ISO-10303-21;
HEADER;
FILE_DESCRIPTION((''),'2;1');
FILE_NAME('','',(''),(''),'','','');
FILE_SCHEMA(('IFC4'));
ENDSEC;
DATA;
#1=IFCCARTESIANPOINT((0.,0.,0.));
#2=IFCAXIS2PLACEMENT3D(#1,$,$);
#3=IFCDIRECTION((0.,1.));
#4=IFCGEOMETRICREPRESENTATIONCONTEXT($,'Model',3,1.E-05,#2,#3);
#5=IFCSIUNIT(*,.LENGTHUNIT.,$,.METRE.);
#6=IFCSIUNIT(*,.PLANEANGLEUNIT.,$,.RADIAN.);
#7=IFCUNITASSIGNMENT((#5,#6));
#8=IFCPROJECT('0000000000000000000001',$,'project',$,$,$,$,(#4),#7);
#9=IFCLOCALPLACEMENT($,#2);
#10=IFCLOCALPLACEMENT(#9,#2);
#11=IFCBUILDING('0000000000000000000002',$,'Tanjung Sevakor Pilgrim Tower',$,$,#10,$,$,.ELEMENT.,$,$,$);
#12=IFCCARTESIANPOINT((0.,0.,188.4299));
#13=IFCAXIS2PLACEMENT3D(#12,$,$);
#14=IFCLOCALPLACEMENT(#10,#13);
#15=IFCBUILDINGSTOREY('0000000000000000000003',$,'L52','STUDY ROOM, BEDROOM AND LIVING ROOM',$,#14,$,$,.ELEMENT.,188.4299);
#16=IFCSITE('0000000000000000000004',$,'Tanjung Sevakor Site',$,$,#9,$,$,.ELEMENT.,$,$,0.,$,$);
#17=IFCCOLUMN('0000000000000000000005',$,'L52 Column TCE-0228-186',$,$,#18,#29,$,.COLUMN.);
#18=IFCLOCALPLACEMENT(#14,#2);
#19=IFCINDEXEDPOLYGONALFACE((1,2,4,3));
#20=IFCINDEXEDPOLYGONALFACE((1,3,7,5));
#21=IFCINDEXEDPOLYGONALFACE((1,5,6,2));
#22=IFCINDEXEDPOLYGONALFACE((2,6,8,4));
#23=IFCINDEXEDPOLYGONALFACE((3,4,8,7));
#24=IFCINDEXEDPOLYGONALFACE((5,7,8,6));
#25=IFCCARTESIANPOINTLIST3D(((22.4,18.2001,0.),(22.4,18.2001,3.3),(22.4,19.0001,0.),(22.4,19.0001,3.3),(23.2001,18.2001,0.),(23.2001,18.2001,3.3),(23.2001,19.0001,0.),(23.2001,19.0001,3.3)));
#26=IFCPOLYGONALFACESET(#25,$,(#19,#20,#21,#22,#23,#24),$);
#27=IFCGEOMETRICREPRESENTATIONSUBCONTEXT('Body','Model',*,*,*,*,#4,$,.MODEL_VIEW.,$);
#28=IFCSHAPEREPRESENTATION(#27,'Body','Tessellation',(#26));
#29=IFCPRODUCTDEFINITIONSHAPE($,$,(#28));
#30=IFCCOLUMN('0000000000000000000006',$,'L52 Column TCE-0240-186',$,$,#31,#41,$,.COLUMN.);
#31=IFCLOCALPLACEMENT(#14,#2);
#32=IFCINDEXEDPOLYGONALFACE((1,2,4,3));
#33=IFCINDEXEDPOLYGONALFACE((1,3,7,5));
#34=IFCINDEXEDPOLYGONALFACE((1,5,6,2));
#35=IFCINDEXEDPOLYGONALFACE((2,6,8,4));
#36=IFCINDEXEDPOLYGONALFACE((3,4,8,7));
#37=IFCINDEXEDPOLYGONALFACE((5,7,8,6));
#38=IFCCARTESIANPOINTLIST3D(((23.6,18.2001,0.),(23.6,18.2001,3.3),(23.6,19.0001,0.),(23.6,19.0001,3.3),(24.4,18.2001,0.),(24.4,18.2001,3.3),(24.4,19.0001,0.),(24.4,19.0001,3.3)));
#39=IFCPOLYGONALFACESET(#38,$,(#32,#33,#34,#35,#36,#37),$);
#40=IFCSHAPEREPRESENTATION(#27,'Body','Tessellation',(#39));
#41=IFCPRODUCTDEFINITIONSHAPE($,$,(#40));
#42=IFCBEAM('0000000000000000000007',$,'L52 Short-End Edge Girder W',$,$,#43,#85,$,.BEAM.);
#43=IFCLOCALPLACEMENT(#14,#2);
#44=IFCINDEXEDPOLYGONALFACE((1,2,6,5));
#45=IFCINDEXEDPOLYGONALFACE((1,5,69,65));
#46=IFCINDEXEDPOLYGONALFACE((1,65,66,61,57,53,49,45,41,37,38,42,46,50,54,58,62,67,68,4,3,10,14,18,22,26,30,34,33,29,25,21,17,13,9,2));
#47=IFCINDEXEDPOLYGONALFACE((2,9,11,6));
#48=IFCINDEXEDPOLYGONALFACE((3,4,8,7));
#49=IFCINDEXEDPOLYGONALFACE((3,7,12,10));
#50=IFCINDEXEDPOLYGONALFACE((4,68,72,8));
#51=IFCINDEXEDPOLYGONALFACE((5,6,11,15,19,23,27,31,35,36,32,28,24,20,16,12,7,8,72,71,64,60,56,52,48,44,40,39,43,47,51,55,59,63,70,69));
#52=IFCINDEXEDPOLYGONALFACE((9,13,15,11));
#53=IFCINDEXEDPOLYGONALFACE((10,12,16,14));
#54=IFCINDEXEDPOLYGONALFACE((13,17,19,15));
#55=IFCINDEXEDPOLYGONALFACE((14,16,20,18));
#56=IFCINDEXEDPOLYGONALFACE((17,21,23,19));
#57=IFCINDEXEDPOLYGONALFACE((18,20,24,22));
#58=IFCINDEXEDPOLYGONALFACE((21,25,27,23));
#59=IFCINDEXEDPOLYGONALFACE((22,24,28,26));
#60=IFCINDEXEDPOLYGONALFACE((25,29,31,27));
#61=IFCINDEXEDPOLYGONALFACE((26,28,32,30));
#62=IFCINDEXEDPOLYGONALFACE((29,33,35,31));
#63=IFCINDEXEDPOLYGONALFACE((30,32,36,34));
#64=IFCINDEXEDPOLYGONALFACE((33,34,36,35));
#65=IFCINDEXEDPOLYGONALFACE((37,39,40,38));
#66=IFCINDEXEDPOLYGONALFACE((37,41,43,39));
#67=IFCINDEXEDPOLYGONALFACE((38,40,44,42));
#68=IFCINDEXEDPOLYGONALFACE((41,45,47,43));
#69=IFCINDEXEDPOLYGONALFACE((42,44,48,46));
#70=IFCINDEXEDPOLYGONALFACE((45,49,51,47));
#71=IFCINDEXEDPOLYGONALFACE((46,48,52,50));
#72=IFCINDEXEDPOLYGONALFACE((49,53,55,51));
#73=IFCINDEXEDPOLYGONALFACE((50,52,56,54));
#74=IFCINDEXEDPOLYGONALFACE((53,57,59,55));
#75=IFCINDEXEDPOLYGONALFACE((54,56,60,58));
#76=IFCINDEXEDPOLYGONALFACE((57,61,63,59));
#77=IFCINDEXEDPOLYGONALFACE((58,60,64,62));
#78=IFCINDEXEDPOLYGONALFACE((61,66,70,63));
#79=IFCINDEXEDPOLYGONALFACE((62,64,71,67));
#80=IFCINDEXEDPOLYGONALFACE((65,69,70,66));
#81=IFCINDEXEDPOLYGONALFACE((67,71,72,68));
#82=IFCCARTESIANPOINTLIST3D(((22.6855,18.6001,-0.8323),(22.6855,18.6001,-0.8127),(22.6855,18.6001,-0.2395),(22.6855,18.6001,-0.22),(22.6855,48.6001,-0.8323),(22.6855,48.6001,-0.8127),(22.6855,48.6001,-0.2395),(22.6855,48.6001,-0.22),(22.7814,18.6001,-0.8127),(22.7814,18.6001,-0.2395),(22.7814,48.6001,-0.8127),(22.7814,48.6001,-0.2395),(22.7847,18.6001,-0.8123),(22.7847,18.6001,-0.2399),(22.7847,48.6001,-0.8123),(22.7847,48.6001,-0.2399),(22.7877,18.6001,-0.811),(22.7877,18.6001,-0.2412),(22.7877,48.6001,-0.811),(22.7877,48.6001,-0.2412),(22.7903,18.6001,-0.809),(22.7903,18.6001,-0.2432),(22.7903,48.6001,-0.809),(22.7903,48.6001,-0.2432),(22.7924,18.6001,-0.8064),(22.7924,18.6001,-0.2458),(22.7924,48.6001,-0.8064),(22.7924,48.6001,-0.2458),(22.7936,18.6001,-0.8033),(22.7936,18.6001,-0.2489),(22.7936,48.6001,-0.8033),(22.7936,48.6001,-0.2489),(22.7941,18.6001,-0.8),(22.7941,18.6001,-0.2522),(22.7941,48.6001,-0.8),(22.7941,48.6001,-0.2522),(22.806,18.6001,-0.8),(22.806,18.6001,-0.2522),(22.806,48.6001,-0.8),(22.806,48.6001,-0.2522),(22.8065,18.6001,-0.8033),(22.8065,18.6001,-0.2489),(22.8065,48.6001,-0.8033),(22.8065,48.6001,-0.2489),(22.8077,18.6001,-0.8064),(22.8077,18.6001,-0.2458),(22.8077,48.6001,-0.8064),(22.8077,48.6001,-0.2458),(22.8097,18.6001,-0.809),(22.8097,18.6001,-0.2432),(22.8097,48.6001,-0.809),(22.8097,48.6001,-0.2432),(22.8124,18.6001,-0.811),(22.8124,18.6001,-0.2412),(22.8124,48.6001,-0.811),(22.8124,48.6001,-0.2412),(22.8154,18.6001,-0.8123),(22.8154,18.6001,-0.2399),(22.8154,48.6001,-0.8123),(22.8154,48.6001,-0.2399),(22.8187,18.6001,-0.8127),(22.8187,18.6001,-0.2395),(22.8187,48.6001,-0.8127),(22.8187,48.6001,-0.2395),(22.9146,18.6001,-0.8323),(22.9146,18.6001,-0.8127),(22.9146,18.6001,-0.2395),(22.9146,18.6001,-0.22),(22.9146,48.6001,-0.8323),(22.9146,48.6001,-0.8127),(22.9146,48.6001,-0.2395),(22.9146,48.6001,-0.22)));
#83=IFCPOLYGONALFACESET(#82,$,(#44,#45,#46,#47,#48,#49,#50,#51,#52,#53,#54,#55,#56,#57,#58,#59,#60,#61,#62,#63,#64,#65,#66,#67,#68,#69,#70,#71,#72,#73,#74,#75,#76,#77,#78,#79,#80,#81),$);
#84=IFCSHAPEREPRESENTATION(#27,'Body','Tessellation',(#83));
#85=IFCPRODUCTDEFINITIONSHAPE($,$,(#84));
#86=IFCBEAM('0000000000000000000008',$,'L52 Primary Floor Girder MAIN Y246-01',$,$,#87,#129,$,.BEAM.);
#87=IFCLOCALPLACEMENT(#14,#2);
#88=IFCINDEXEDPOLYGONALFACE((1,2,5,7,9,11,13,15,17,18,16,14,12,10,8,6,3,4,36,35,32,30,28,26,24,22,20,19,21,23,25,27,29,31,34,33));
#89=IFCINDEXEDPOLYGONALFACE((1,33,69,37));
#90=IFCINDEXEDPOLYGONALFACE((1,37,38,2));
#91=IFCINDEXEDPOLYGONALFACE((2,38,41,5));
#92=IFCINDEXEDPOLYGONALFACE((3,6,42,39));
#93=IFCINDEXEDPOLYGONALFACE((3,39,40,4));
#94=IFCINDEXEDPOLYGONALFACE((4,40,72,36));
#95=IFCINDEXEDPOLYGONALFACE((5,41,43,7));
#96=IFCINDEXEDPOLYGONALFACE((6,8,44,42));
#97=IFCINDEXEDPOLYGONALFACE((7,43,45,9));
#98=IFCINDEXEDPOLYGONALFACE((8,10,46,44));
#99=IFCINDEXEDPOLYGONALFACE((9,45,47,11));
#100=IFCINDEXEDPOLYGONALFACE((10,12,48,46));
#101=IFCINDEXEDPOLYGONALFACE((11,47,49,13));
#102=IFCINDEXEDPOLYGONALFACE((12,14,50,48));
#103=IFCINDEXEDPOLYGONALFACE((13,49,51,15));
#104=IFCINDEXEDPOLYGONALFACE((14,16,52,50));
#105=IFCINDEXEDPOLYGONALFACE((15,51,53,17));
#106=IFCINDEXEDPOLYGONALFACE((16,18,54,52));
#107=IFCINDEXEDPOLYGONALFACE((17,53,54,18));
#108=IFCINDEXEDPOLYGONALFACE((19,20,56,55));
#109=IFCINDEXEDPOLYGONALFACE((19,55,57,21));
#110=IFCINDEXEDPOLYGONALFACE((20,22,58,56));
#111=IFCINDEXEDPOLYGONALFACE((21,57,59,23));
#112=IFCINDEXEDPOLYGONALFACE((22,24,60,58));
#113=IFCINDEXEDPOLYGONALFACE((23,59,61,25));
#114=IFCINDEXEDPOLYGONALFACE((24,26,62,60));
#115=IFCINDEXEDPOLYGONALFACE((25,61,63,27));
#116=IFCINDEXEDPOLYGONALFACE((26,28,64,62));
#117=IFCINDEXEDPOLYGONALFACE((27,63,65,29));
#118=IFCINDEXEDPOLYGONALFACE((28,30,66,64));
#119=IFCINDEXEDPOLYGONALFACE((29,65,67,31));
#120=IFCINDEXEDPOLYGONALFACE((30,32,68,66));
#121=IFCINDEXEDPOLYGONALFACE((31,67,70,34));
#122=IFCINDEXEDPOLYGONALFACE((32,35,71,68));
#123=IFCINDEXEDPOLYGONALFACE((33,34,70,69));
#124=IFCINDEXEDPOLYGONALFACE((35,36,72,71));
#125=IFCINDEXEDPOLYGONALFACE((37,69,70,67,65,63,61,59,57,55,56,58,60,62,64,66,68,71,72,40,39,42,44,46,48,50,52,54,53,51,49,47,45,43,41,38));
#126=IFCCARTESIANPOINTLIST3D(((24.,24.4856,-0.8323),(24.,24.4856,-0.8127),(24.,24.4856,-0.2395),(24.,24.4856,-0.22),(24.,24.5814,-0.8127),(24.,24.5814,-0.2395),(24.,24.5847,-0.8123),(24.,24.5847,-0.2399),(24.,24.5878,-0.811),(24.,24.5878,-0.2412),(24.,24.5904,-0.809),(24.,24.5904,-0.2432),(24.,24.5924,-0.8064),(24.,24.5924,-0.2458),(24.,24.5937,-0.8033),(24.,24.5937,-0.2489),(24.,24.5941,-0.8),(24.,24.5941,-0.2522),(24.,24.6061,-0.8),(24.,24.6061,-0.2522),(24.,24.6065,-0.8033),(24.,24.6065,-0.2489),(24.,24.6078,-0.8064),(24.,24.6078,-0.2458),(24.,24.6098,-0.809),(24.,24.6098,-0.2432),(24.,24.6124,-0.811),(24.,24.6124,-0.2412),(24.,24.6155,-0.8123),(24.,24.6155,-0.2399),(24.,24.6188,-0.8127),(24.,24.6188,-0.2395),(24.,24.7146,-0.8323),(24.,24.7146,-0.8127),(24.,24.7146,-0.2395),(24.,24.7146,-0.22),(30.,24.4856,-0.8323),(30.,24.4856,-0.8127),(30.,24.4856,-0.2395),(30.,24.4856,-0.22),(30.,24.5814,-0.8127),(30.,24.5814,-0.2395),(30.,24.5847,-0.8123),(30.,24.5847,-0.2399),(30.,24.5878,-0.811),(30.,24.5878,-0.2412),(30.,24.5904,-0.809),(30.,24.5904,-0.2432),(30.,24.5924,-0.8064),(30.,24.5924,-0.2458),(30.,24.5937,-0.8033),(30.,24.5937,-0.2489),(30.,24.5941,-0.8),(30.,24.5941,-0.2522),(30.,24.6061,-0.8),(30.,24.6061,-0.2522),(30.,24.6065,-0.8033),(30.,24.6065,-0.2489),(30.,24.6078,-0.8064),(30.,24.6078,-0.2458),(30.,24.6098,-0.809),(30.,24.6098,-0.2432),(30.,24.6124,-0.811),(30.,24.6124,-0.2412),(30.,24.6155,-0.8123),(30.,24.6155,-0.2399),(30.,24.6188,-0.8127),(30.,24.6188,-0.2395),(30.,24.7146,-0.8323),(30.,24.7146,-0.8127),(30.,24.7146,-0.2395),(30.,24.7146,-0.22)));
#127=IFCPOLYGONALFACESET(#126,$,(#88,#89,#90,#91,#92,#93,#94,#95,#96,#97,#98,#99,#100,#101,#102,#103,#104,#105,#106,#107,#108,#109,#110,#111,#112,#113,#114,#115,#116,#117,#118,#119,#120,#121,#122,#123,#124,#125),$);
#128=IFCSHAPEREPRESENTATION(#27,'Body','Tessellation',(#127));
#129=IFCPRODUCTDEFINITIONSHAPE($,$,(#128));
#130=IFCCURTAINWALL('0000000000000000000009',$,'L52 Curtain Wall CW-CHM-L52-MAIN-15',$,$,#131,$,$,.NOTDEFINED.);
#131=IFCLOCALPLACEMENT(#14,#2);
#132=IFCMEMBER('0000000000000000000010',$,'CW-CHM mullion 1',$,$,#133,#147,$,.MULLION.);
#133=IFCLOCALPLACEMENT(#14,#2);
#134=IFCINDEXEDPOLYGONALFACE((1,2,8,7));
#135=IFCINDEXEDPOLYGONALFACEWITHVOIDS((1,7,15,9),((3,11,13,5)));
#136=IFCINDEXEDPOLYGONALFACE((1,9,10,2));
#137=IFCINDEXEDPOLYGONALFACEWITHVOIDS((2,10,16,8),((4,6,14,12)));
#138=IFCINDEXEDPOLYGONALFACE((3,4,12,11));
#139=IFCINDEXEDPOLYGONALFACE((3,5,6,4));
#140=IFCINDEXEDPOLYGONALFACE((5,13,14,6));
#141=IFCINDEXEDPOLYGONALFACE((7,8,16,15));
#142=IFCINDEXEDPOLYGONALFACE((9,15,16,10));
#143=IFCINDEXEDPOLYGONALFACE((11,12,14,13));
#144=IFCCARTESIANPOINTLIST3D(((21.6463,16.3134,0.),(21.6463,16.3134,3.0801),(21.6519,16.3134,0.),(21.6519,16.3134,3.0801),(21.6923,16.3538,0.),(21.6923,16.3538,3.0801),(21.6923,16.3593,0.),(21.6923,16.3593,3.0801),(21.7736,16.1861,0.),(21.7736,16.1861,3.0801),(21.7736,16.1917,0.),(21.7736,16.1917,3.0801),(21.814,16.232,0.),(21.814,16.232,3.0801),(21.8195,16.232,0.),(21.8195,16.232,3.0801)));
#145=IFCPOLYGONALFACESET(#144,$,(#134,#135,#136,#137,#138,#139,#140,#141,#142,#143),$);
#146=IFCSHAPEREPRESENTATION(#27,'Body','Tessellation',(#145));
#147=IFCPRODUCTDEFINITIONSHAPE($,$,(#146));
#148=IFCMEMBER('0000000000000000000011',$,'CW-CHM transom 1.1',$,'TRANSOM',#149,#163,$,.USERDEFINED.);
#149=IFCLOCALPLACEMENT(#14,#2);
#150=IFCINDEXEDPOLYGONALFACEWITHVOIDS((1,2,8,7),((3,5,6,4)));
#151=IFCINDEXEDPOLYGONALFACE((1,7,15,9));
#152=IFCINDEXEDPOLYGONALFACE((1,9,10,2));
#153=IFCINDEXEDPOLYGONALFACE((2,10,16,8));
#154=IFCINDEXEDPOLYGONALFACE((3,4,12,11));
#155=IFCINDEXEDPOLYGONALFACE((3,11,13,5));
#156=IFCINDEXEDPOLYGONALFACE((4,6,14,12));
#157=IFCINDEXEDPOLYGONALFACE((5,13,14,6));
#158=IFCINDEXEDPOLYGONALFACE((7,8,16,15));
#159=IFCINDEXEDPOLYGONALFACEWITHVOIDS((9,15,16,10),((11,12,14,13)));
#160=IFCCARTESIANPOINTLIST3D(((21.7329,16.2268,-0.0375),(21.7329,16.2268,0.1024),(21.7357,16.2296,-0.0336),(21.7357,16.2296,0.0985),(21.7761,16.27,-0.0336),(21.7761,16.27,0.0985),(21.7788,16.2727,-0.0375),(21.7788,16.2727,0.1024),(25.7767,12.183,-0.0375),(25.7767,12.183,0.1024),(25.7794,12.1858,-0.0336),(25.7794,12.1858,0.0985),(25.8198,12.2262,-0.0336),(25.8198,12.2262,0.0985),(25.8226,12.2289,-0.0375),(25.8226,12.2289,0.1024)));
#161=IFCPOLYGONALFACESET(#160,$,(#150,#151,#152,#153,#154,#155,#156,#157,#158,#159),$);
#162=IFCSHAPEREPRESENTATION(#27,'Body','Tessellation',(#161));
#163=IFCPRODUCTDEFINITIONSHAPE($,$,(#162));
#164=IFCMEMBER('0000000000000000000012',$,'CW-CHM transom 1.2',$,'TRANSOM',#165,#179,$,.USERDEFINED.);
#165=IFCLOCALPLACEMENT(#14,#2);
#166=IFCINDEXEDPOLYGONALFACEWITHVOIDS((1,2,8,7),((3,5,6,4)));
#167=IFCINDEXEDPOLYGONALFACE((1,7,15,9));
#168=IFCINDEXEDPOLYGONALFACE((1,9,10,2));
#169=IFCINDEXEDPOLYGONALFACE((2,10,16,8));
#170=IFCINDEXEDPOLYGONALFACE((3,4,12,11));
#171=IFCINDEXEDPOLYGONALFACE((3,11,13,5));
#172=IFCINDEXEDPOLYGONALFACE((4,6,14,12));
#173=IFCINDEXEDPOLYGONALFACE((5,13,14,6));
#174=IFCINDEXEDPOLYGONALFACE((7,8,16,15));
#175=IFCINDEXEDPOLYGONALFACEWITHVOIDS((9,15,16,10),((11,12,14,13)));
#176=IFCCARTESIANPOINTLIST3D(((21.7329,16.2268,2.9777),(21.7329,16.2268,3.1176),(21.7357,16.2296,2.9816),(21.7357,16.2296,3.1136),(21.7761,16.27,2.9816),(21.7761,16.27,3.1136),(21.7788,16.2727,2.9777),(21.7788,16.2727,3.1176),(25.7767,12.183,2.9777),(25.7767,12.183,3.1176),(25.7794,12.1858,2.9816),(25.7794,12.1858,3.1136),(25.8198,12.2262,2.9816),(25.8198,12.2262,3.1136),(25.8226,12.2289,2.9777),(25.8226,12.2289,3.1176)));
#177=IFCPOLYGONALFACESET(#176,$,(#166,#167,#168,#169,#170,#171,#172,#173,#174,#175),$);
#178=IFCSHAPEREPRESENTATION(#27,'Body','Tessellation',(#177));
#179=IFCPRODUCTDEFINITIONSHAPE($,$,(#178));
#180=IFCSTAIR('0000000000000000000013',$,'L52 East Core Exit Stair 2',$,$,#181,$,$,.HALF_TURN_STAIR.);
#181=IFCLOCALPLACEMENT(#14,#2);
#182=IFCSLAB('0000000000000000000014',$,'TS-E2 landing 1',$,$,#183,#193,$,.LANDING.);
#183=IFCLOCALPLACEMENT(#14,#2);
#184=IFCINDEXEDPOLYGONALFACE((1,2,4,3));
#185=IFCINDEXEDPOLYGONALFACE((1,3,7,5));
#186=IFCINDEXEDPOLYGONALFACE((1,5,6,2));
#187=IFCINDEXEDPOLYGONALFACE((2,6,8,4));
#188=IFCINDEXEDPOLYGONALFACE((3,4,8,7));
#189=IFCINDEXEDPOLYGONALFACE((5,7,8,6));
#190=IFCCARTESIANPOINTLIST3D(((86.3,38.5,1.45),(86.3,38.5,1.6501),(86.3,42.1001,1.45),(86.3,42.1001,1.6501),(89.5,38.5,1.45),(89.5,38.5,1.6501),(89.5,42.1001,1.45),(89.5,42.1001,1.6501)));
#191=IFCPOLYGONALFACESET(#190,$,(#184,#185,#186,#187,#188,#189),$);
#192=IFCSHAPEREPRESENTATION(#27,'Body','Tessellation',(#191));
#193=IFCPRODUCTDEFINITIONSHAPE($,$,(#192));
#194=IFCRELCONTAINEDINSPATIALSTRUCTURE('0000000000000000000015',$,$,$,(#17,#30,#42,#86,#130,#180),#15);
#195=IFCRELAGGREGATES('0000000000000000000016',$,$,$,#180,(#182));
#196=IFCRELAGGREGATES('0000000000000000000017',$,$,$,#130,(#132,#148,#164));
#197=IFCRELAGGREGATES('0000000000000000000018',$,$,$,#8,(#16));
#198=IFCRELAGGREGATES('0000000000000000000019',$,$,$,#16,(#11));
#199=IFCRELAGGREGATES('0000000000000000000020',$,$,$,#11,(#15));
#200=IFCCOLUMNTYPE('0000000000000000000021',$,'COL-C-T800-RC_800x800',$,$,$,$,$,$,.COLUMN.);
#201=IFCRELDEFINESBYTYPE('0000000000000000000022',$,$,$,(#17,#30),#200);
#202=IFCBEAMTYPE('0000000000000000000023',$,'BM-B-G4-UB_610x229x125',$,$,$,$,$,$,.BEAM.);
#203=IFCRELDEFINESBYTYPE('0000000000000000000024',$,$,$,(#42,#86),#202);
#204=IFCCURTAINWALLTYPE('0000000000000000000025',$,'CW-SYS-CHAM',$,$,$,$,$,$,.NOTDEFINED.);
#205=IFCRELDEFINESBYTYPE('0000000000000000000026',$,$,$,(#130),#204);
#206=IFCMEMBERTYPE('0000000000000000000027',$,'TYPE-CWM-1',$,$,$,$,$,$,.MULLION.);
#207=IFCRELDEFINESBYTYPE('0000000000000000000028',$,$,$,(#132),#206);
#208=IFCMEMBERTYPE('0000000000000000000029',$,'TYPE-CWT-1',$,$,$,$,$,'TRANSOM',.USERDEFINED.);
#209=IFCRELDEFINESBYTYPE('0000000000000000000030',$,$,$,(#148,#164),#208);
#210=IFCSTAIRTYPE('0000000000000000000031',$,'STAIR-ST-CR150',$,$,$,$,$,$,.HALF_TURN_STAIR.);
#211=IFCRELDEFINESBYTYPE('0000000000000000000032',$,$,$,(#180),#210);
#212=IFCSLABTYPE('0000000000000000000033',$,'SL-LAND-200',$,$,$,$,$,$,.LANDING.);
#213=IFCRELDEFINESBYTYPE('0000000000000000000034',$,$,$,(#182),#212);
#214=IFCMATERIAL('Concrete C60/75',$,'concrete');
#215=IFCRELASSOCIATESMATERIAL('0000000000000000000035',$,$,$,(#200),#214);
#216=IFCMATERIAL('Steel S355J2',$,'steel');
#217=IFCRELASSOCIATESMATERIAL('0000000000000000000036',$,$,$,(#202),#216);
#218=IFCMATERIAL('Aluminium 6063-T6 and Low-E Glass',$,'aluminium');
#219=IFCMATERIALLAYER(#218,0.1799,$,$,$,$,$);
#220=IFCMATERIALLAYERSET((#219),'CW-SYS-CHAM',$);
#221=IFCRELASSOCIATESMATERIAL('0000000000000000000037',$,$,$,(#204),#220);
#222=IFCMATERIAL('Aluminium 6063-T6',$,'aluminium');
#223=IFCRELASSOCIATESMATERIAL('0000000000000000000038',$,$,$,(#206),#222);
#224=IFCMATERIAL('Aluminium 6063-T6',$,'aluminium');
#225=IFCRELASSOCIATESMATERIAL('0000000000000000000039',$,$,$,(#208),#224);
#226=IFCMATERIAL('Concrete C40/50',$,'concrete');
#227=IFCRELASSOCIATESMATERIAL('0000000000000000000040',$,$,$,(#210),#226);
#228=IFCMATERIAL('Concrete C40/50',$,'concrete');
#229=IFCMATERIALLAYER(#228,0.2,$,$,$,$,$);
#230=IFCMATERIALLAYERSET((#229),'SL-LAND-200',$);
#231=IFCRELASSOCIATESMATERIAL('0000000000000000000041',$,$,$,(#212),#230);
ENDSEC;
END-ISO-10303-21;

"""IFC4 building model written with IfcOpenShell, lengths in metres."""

from ifc_helpers import new_model, si_unit, direction, frame, origin, origin_2d, place, context, subcontext, project, spatial, polyline, rectangle, hollow_rectangle, i_section, outline, extrude, material, layer, layer_set, material_profile, profile_set, type_object, element, aggregate, save


model = new_model("IFC4")

# Units and contexts
model_context = context("Model", 3, precision=1e-05, world=origin(), true_north=direction((0.0, 1.0)))
body_context = subcontext(model_context, "Body", "Model", "MODEL_VIEW")
ifc_project = project(units=[si_unit("LENGTHUNIT", "METRE"), si_unit("PLANEANGLEUNIT", "RADIAN")], contexts=[model_context])

# Site, building, storey
site_placement = place(None, origin())
site = spatial("IfcSite", under=ifc_project, at=site_placement, Name="Tanjung Sevakor Site", CompositionType="ELEMENT", RefElevation=0.0)
building_placement = place(site_placement, origin())
building = spatial("IfcBuilding", under=site, at=building_placement, Name="Tanjung Sevakor Pilgrim Tower", CompositionType="ELEMENT")
storey_placement = place(building_placement, frame((0.0, 0.0, 188.4299)))
storey = spatial("IfcBuildingStorey", under=building, at=storey_placement, Name="L52", Description="STUDY ROOM, BEDROOM AND LIVING ROOM", CompositionType="ELEMENT", Elevation=188.4299)

# Columns
ifc_material_1 = material(Name="Concrete C60/75", Category="concrete")
ifc_material_profile_1 = material_profile(ifc_material_1, rectangle(XDim=0.8, YDim=0.8, at=origin_2d()))
ifc_profile_set_1 = profile_set([ifc_material_profile_1], Name="Concrete C60/75")
column_type = type_object("IfcColumnType", Name="COL-C-T800-RC_800x800", PredefinedType="COLUMN", material=ifc_profile_set_1)
for number, where, z_axis, x_axis, name in (
    (1, (22.8, 18.6001, 0.0), (0.0, 0.0, 1.0), (1.0, 0.0, 0.0), "L52 Column TCE-0228-186"),
    (2, (24.0, 18.6001, 0.0), (0.0, 0.0, 1.0), (1.0, 0.0, 0.0), "L52 Column TCE-0240-186"),
):
    element("IfcColumn", number, at=place(storey_placement, frame(where, z_axis=z_axis, x_axis=x_axis)), inside=storey, type_object=column_type, Name=name, PredefinedType="COLUMN", context=body_context, shape_type="SweptSolid", body=[
        extrude(rectangle(XDim=0.8, YDim=0.8, at=origin_2d()), origin(), (0.0, 0.0, 1.0), 3.3),
    ])

# Beams
ifc_material_2 = material(Name="Steel S355J2", Category="steel")
ifc_material_profile_2 = material_profile(ifc_material_2, i_section(OverallWidth=0.229, OverallDepth=0.6123, WebThickness=0.012, FlangeThickness=0.0195, FilletRadius=0.0127, at=origin_2d()))
ifc_profile_set_2 = profile_set([ifc_material_profile_2], Name="Steel S355J2")
beam_type = type_object("IfcBeamType", Name="BM-B-G4-UB_610x229x125", PredefinedType="BEAM", material=ifc_profile_set_2)
beam_1_placement = place(storey_placement, frame((22.8, 18.6001, -0.5261), z_axis=(0.0, 1.0, 0.0), x_axis=(-1.0, 0.0, 0.0)))
element("IfcBeam", 3, at=beam_1_placement, inside=storey, type_object=beam_type, Name="L52 Short-End Edge Girder W", PredefinedType="BEAM", context=body_context, shape_type="SweptSolid", body=[
    extrude(i_section(OverallWidth=0.229, OverallDepth=0.6123, WebThickness=0.012, FlangeThickness=0.0195, FilletRadius=0.0127, at=origin_2d()), origin(), (0.0, 0.0, 1.0), 30.0),
])
beam_2_placement = place(storey_placement, frame((24.0, 24.6001, -0.5261), z_axis=(1.0, 0.0, 0.0), x_axis=(0.0, 1.0, 0.0)))
element("IfcBeam", 4, at=beam_2_placement, inside=storey, type_object=beam_type, Name="L52 Primary Floor Girder MAIN Y246-01", PredefinedType="BEAM", context=body_context, shape_type="SweptSolid", body=[
    extrude(i_section(OverallWidth=0.229, OverallDepth=0.6123, WebThickness=0.012, FlangeThickness=0.0195, FilletRadius=0.0127, at=origin_2d()), origin(), (0.0, 0.0, 1.0), 6.0),
])

# Curtain wall, members
ifc_material_3 = material(Name="Aluminium 6063-T6 and Low-E Glass", Category="aluminium")
ifc_layer_1 = layer(ifc_material_3, 0.1799)
ifc_layer_set_1 = layer_set([ifc_layer_1], Name="CW-SYS-CHAM")
curtain_wall_type = type_object("IfcCurtainWallType", Name="CW-SYS-CHAM", PredefinedType="NOTDEFINED", material=ifc_layer_set_1)
curtain_wall_placement = place(storey_placement, origin())
curtain_wall = element("IfcCurtainWall", 5, at=curtain_wall_placement, inside=storey, type_object=curtain_wall_type, Name="L52 Curtain Wall CW-CHM-L52-MAIN-15", PredefinedType="NOTDEFINED")
ifc_material_4 = material(Name="Aluminium 6063-T6", Category="aluminium")
ifc_material_profile_3 = material_profile(ifc_material_4, hollow_rectangle(XDim=0.0649, YDim=0.1799, WallThickness=0.0039, at=origin_2d()))
ifc_profile_set_3 = profile_set([ifc_material_profile_3], Name="Aluminium 6063-T6")
member_type_1 = type_object("IfcMemberType", Name="TYPE-CWM-1", PredefinedType="MULLION", material=ifc_profile_set_3)
member_1_placement = place(storey_placement, frame((21.7329, 16.2727, 0.0), z_axis=(0.0, 0.0, 1.0), x_axis=(0.707107, 0.707107, 0.0)))
member_1 = element("IfcMember", 6, at=member_1_placement, type_object=member_type_1, Name="CW-CHM mullion 1", PredefinedType="MULLION", context=body_context, shape_type="SweptSolid", body=[
    extrude(hollow_rectangle(XDim=0.0649, YDim=0.1799, WallThickness=0.0039, at=origin_2d()), origin(), (0.0, 0.0, 1.0), 3.0801),
])
ifc_material_5 = material(Name="Aluminium 6063-T6", Category="aluminium")
ifc_material_profile_4 = material_profile(ifc_material_5, hollow_rectangle(XDim=0.0649, YDim=0.1399, WallThickness=0.0039, at=origin_2d()))
ifc_profile_set_4 = profile_set([ifc_material_profile_4], Name="Aluminium 6063-T6")
member_type_2 = type_object("IfcMemberType", Name="TYPE-CWT-1", ElementType="TRANSOM", PredefinedType="USERDEFINED", material=ifc_profile_set_4)
member_2_placement = place(storey_placement, frame((21.7559, 16.2498, 0.0325), z_axis=(0.707107, -0.707107, 0.0), x_axis=(0.707107, 0.707107, 0.0)))
member_2 = element("IfcMember", 7, at=member_2_placement, type_object=member_type_2, Name="CW-CHM transom 1.1", ObjectType="TRANSOM", PredefinedType="USERDEFINED", context=body_context, shape_type="SweptSolid", body=[
    extrude(hollow_rectangle(XDim=0.0649, YDim=0.1399, WallThickness=0.0039, at=origin_2d()), origin(), (0.0, 0.0, 1.0), 5.7188),
])
member_3_placement = place(storey_placement, frame((21.7559, 16.2498, 3.0476), z_axis=(0.707107, -0.707107, 0.0), x_axis=(0.707107, 0.707107, 0.0)))
member_3 = element("IfcMember", 8, at=member_3_placement, type_object=member_type_2, Name="CW-CHM transom 1.2", ObjectType="TRANSOM", PredefinedType="USERDEFINED", context=body_context, shape_type="SweptSolid", body=[
    extrude(hollow_rectangle(XDim=0.0649, YDim=0.1399, WallThickness=0.0039, at=origin_2d()), origin(), (0.0, 0.0, 1.0), 5.7188),
])

# Stair, slab
ifc_material_6 = material(Name="Concrete C40/50", Category="concrete")
stair_type = type_object("IfcStairType", Name="STAIR-ST-CR150", PredefinedType="HALF_TURN_STAIR", material=ifc_material_6)
stair_placement = place(storey_placement, origin())
stair = element("IfcStair", 9, at=stair_placement, inside=storey, type_object=stair_type, Name="L52 East Core Exit Stair 2", PredefinedType="HALF_TURN_STAIR")
ifc_material_7 = material(Name="Concrete C40/50", Category="concrete")
ifc_layer_2 = layer(ifc_material_7, 0.2)
ifc_layer_set_2 = layer_set([ifc_layer_2], Name="SL-LAND-200")
slab_type = type_object("IfcSlabType", Name="SL-LAND-200", PredefinedType="LANDING", material=ifc_layer_set_2)
slab_placement = place(storey_placement, frame((0.0, 0.0, 1.45)))
slab = element("IfcSlab", 10, at=slab_placement, type_object=slab_type, Name="TS-E2 landing 1", PredefinedType="LANDING", context=body_context, shape_type="SweptSolid", body=[
    extrude(outline(polyline([(89.5, 38.5), (89.5, 42.1001), (86.3, 42.1001), (86.3, 38.5), (89.5, 38.5)])), origin(), (0.0, 0.0, 1.0), 0.2002),
])
aggregate(stair, [slab])

aggregate(curtain_wall, [member_1, member_2, member_3])

save(model, "model.ifc")
